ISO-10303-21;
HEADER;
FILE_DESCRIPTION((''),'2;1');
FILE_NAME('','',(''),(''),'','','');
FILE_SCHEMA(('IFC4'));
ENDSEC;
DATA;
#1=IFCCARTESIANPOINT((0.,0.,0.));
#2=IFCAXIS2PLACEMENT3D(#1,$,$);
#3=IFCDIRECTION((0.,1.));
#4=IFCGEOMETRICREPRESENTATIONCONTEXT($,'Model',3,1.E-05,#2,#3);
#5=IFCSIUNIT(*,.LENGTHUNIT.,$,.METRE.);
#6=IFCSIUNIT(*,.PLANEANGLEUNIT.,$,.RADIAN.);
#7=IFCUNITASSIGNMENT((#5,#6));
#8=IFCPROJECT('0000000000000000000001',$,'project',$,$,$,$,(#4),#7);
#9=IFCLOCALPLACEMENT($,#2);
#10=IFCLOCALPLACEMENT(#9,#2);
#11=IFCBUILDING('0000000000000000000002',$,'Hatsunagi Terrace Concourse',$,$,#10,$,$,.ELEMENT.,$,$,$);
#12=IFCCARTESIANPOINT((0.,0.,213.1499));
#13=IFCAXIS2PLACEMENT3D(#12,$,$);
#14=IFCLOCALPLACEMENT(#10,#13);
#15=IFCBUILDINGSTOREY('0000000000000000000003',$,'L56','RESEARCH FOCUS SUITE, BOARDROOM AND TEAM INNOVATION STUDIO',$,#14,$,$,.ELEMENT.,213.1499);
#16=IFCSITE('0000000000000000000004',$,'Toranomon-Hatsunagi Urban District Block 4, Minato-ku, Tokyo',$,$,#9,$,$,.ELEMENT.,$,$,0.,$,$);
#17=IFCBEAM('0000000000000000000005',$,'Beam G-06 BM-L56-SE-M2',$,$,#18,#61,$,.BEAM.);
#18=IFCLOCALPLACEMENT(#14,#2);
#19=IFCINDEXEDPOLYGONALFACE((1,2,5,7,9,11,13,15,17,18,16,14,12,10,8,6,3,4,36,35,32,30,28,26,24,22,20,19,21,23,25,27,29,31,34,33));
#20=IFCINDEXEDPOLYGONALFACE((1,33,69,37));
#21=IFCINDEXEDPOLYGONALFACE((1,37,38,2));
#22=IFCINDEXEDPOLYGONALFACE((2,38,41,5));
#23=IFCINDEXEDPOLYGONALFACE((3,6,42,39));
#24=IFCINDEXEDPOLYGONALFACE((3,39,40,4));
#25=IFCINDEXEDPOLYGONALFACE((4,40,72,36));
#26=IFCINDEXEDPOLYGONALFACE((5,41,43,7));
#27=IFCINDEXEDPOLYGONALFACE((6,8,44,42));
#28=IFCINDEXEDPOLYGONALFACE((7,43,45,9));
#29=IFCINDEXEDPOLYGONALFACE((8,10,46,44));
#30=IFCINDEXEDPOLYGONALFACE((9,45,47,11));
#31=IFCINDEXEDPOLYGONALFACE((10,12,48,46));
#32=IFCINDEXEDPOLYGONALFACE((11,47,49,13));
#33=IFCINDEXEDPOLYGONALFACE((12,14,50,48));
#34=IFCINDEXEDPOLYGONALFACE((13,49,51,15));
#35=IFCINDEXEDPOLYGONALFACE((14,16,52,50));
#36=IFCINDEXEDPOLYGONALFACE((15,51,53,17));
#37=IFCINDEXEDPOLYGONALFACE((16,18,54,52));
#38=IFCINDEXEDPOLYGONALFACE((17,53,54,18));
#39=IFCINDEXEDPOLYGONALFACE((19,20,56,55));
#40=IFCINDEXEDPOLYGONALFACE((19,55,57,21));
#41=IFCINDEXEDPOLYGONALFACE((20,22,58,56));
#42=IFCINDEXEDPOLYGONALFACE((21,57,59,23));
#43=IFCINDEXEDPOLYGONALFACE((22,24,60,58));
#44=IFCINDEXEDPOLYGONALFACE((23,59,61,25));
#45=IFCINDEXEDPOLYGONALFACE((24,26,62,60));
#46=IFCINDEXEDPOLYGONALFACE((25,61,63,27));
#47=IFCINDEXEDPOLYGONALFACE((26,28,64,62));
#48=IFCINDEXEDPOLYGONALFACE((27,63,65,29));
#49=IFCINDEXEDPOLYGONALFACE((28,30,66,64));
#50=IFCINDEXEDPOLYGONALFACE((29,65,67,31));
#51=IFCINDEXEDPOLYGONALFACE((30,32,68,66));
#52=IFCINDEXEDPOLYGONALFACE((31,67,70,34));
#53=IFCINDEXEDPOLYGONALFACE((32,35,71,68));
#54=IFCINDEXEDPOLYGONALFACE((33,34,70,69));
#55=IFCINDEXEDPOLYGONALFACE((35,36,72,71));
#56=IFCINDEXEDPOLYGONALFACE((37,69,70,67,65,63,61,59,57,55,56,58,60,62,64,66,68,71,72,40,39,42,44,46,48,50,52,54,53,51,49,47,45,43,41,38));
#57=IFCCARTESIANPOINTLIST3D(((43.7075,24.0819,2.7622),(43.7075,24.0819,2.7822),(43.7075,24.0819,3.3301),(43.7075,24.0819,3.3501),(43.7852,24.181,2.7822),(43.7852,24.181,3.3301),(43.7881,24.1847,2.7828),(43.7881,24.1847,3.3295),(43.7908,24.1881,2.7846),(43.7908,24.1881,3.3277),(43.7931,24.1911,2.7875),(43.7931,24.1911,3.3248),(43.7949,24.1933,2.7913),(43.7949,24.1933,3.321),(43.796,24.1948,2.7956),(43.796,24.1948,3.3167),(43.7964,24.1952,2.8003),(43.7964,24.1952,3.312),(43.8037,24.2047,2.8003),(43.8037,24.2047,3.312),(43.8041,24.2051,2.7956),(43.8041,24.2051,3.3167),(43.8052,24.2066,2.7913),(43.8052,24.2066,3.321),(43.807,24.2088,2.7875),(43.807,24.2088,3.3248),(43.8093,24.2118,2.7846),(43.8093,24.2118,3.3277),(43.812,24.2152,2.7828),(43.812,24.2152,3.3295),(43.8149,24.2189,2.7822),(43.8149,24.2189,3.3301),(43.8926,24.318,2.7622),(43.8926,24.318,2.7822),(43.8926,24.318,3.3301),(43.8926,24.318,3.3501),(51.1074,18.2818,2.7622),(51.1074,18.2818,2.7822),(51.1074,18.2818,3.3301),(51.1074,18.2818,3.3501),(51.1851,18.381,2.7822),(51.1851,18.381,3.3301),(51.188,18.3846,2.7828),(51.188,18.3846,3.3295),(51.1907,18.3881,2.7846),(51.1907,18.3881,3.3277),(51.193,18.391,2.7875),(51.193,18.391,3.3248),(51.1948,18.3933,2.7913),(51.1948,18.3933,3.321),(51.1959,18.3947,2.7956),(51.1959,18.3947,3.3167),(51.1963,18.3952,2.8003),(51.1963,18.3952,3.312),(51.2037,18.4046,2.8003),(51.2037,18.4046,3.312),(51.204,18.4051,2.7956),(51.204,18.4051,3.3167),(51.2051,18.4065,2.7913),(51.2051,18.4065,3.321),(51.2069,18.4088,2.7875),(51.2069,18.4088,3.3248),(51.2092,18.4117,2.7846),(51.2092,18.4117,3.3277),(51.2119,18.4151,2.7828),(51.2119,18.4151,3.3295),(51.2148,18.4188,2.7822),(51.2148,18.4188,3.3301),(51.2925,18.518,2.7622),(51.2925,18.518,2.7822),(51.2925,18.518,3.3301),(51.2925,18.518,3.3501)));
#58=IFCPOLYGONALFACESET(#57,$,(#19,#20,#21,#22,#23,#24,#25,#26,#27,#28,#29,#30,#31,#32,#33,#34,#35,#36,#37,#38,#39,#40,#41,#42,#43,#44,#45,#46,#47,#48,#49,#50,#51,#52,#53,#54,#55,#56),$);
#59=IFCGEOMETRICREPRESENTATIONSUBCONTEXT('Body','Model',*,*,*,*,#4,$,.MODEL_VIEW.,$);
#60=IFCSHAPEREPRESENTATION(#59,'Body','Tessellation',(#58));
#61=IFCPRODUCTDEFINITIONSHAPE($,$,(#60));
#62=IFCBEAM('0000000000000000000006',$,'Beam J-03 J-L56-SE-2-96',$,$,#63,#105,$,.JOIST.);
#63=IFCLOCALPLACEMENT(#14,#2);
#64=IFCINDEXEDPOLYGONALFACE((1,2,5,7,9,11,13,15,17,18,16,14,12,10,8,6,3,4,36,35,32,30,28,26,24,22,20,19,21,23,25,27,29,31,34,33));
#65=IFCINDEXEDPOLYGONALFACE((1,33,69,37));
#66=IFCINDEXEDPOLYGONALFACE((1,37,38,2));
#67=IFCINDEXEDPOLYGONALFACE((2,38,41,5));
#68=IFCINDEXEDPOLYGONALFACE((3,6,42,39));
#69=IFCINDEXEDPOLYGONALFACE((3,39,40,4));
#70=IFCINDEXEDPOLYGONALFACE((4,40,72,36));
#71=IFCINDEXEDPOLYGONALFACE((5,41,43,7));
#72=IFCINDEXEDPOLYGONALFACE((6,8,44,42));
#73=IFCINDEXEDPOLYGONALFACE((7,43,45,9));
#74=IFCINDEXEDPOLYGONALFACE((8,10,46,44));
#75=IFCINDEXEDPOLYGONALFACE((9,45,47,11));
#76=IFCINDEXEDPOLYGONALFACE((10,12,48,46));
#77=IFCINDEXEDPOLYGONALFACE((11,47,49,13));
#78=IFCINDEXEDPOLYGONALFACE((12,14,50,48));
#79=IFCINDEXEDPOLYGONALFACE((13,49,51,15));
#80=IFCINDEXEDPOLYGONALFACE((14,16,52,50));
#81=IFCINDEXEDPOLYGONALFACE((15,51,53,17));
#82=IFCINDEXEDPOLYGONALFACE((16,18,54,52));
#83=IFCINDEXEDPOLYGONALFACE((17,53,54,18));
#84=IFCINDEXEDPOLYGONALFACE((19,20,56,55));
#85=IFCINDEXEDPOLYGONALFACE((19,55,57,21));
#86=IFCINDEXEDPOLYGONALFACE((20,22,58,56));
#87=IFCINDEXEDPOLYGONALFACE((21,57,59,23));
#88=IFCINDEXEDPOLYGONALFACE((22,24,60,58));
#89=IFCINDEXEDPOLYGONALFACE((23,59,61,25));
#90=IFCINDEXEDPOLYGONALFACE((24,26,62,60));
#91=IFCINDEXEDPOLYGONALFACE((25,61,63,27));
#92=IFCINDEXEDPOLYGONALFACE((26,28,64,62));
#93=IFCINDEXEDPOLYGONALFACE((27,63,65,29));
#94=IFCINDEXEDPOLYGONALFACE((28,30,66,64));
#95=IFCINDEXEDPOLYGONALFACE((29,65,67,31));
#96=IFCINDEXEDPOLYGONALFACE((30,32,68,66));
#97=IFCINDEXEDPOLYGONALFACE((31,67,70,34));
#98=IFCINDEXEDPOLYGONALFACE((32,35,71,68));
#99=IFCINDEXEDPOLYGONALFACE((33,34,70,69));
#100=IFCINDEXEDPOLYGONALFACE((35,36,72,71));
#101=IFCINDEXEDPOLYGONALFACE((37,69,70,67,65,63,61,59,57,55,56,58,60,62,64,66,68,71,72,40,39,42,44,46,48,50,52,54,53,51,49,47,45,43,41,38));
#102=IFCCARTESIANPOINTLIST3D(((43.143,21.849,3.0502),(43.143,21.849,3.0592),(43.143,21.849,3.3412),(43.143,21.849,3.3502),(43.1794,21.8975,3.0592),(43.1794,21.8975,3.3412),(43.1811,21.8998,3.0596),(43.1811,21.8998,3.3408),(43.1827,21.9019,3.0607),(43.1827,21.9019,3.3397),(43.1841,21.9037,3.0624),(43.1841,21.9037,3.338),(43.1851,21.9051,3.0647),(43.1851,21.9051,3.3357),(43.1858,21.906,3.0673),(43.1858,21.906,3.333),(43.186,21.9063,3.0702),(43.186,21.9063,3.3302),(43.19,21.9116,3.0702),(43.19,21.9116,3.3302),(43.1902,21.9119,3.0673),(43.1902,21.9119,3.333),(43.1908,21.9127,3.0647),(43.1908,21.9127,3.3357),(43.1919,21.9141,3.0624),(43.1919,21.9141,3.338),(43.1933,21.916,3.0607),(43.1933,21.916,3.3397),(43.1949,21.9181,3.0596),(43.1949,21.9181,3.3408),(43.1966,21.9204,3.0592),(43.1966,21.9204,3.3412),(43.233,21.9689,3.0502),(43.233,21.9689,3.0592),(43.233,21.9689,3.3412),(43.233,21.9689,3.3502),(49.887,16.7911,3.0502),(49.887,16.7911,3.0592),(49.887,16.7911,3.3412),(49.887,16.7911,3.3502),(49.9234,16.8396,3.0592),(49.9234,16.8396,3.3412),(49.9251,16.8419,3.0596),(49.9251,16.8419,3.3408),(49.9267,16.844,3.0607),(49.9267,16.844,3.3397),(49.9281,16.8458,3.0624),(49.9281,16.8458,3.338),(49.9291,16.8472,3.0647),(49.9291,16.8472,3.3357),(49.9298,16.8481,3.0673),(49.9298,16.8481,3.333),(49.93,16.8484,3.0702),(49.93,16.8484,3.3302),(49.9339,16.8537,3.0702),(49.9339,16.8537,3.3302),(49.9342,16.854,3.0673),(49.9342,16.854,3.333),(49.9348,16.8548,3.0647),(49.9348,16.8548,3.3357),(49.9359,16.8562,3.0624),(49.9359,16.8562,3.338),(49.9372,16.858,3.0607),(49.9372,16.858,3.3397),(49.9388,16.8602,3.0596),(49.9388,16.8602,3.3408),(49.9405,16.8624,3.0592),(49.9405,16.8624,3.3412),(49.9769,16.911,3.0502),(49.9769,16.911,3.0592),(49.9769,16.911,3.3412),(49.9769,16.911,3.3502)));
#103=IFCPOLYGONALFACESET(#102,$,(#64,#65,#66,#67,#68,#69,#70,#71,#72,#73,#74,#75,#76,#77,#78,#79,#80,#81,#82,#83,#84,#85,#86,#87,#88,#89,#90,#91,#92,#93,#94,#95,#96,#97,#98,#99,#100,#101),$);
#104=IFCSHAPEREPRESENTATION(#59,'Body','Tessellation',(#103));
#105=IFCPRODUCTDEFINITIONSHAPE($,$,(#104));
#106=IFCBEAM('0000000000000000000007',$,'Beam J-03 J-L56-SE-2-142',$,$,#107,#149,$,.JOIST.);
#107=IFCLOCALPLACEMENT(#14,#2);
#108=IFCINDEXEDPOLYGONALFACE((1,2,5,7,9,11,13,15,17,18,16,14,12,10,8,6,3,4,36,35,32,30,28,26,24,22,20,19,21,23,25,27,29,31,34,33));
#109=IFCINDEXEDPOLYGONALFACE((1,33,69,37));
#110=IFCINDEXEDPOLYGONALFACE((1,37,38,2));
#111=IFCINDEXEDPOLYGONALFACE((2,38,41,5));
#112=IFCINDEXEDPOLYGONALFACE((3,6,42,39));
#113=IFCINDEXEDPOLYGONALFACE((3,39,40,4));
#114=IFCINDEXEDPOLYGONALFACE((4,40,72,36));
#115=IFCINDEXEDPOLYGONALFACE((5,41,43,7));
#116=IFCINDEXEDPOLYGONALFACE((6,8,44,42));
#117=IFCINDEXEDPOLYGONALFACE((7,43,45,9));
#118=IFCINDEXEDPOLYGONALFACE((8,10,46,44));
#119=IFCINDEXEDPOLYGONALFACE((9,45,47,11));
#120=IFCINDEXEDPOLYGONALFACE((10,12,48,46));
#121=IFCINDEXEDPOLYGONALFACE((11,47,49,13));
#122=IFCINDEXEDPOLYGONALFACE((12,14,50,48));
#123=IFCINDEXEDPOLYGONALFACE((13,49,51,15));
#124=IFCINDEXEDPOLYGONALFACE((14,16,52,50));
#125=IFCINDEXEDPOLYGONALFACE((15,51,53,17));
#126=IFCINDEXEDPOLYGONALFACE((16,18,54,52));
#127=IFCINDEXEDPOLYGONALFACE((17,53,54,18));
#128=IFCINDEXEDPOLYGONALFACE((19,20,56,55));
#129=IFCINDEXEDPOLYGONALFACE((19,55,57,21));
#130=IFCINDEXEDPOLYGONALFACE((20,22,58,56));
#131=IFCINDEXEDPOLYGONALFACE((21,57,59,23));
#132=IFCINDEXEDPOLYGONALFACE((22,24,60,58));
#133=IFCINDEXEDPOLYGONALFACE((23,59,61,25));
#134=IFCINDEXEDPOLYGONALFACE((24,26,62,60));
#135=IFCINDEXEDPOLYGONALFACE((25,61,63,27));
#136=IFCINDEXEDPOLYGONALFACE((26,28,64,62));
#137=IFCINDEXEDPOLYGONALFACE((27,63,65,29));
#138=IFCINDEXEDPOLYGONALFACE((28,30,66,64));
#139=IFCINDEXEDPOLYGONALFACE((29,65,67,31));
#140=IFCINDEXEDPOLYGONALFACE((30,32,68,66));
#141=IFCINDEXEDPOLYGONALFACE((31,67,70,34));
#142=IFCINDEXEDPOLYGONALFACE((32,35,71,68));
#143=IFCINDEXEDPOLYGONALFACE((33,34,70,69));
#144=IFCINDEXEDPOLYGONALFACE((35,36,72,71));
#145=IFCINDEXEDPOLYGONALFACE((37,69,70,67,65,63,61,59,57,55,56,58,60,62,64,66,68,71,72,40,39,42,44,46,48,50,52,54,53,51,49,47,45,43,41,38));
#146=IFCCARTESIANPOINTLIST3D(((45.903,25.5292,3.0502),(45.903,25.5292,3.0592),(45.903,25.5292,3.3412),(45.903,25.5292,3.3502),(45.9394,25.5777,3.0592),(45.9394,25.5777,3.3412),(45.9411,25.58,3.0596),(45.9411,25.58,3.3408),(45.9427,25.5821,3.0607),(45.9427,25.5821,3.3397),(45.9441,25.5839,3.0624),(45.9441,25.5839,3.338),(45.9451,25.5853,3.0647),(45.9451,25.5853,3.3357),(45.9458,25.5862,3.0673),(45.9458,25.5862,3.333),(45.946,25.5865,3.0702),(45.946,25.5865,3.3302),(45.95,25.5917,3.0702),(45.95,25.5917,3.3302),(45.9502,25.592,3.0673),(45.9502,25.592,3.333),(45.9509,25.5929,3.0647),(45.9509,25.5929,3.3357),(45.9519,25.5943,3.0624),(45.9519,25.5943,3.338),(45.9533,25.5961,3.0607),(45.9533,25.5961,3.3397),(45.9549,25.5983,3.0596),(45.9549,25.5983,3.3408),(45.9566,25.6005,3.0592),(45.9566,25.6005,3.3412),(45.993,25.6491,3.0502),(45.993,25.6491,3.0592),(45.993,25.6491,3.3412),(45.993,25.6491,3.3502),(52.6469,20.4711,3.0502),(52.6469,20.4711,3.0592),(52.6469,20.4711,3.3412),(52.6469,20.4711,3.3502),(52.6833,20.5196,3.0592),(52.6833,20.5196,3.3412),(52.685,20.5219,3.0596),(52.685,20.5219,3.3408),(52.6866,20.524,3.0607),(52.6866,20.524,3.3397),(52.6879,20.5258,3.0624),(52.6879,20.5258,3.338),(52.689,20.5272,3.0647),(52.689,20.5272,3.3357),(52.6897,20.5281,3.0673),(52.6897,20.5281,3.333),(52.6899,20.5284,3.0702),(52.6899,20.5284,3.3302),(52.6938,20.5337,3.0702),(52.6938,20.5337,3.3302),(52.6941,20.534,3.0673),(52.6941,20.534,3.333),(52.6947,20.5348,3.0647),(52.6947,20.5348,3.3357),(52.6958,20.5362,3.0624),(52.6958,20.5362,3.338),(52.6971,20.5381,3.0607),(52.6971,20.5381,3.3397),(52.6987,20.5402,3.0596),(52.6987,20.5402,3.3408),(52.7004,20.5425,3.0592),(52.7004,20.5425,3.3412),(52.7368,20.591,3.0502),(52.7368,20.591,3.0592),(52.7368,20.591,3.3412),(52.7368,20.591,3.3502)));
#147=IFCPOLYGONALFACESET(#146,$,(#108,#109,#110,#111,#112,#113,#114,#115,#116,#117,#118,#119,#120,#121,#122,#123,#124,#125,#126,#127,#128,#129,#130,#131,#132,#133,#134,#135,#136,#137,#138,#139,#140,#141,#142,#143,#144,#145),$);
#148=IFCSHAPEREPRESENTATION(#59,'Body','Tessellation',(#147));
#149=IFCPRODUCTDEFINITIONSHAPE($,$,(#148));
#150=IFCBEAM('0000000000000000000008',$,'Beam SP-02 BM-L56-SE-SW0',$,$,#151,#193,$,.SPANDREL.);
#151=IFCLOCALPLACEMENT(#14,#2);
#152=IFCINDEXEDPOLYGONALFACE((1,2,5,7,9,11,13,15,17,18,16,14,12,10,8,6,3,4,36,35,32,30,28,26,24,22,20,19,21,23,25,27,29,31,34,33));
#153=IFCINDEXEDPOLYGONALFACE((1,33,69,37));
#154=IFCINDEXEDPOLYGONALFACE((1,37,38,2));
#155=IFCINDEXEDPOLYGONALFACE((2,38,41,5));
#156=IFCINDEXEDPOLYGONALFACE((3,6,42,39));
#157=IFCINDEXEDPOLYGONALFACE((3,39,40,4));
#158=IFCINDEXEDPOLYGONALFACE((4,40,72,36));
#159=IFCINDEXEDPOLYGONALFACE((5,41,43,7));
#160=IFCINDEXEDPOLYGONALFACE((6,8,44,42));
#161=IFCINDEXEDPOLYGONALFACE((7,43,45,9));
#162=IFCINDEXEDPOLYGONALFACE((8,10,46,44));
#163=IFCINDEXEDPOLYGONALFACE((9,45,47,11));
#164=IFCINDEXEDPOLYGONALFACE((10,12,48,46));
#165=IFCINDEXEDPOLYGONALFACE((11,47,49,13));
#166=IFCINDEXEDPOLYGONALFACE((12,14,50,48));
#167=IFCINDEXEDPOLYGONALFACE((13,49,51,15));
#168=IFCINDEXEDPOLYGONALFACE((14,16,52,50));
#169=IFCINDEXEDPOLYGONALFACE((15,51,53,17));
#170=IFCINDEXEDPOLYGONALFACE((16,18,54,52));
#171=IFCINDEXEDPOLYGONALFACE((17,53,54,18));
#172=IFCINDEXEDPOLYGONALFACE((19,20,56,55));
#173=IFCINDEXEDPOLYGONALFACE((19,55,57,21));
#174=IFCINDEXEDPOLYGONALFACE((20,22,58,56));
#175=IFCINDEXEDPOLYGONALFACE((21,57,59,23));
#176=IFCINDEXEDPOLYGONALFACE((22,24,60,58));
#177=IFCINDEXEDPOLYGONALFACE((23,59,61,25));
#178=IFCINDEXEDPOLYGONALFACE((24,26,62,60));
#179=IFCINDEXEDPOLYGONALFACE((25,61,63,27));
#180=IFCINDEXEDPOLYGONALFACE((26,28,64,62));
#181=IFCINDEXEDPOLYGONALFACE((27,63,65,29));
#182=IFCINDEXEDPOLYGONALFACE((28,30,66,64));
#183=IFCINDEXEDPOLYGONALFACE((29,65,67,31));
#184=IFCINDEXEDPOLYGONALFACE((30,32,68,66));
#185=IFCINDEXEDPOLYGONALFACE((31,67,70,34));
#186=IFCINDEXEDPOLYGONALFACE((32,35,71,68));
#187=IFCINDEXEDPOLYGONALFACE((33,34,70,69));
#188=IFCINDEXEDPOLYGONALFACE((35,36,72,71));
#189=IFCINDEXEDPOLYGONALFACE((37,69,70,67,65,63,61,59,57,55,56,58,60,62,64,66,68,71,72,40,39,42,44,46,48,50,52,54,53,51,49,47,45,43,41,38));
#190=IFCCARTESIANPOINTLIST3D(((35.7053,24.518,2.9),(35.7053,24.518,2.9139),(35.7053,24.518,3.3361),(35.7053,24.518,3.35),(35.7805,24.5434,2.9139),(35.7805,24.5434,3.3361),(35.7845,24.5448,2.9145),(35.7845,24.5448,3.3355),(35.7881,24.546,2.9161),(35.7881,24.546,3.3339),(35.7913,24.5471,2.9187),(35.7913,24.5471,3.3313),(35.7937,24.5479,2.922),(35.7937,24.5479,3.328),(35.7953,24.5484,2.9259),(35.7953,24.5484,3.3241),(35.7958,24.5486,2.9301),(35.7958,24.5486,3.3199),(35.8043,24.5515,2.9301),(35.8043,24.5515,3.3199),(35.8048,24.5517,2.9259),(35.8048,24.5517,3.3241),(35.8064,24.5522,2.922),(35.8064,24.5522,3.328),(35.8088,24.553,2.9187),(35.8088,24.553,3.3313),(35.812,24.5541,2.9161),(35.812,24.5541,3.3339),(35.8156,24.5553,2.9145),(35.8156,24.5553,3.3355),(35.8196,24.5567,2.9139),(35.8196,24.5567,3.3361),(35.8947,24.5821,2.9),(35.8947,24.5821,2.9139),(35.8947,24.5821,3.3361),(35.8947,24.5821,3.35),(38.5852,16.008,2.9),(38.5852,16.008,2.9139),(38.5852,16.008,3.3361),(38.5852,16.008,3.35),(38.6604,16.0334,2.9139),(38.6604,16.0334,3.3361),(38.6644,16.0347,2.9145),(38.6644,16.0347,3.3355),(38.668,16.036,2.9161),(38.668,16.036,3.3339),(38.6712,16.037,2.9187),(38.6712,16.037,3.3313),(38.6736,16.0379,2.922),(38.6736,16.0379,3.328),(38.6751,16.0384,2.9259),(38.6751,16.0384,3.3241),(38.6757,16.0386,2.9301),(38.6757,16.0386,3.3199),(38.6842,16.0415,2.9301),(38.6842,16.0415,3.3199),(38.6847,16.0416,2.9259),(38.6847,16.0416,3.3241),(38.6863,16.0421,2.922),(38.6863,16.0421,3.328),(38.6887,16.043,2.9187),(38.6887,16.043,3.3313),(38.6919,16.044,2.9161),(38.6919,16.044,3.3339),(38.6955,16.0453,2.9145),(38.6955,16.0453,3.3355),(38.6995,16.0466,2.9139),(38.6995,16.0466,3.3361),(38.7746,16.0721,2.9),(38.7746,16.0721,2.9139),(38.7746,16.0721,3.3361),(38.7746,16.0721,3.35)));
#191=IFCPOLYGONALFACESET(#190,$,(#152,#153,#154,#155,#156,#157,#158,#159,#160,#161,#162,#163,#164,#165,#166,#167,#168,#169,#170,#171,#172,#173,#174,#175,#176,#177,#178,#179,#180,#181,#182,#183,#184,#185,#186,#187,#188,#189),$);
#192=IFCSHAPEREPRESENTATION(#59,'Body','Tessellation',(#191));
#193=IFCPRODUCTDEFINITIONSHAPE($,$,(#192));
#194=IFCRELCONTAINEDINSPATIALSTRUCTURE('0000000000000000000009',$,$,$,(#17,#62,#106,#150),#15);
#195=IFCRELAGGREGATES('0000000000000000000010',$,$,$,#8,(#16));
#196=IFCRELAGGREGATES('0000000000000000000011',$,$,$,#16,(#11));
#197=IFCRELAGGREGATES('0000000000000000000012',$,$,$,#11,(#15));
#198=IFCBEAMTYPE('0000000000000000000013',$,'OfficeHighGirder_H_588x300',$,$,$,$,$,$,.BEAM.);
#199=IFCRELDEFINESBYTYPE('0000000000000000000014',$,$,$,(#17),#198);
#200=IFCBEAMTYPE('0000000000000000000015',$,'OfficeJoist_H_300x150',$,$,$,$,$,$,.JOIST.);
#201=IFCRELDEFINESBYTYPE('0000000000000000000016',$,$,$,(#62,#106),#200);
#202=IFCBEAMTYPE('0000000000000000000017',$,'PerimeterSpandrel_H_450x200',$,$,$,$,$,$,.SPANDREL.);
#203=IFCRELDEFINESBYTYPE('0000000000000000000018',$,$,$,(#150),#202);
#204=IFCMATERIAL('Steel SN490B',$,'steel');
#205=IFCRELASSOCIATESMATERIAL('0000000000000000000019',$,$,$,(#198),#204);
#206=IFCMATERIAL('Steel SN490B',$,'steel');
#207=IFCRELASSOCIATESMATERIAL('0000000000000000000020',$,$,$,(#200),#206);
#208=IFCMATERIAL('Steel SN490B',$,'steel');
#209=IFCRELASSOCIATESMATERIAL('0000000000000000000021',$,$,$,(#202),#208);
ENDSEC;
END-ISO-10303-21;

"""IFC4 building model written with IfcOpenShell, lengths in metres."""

from ifc_helpers import new_model, si_unit, direction, frame, origin, origin_2d, place, context, subcontext, project, spatial, i_section, extrude, material, material_profile, profile_set, type_object, element, save


model = new_model("IFC4")

# Units and contexts
model_context = context("Model", 3, precision=1e-05, world=origin(), true_north=direction((0.0, 1.0)))
body_context = subcontext(model_context, "Body", "Model", "MODEL_VIEW")
ifc_project = project(units=[si_unit("LENGTHUNIT", "METRE"), si_unit("PLANEANGLEUNIT", "RADIAN")], contexts=[model_context])

# Site, building, storey
site_placement = place(None, origin())
site = spatial("IfcSite", under=ifc_project, at=site_placement, Name="Toranomon-Hatsunagi Urban District Block 4, Minato-ku, Tokyo", CompositionType="ELEMENT", RefElevation=0.0)
building_placement = place(site_placement, origin())
building = spatial("IfcBuilding", under=site, at=building_placement, Name="Hatsunagi Terrace Concourse", CompositionType="ELEMENT")
storey_placement = place(building_placement, frame((0.0, 0.0, 213.1499)))
storey = spatial("IfcBuildingStorey", under=building, at=storey_placement, Name="L56", Description="RESEARCH FOCUS SUITE, BOARDROOM AND TEAM INNOVATION STUDIO", CompositionType="ELEMENT", Elevation=213.1499)

# Beams
ifc_material_1 = material(Name="Steel SN490B", Category="steel")
ifc_material_profile_1 = material_profile(ifc_material_1, i_section(OverallWidth=0.3, OverallDepth=0.5879, WebThickness=0.012, FlangeThickness=0.02, FilletRadius=0.0181, at=origin_2d()), Name="H-588x300x12x20")
ifc_profile_set_1 = profile_set([ifc_material_profile_1], Name="Steel SN490B")
beam_type_1 = type_object("IfcBeamType", Name="OfficeHighGirder_H_588x300", PredefinedType="BEAM", material=ifc_profile_set_1)
beam_1_placement = place(storey_placement, frame((43.8, 24.2, 3.0562), z_axis=(0.787049, -0.61689, 0.0), x_axis=(0.61689, 0.787049, 0.0)))
element("IfcBeam", 1, at=beam_1_placement, inside=storey, type_object=beam_type_1, Name="Beam G-06 BM-L56-SE-M2", PredefinedType="BEAM", context=body_context, shape_type="SweptSolid", body=[
    extrude(i_section(OverallWidth=0.3, OverallDepth=0.5879, WebThickness=0.012, FlangeThickness=0.02, FilletRadius=0.0181, at=origin_2d()), origin(), (0.0, 0.0, 1.0), 9.4021),
])
ifc_material_2 = material(Name="Steel SN490B", Category="steel")
ifc_material_profile_2 = material_profile(ifc_material_2, i_section(OverallWidth=0.1499, OverallDepth=0.3, WebThickness=0.0066, FlangeThickness=0.009, FilletRadius=0.011, at=origin_2d()), Name="H-300x150x6.5x9")
ifc_profile_set_2 = profile_set([ifc_material_profile_2], Name="Steel SN490B")
beam_type_2 = type_object("IfcBeamType", Name="OfficeJoist_H_300x150", PredefinedType="JOIST", material=ifc_profile_set_2)
for number, where, z_axis, x_axis, name in (
    (2, (43.188, 21.9089, 3.2002), (0.800003, -0.599995, 0.0), (0.599995, 0.800003, 0.0), "Beam J-03 J-L56-SE-2-96"),
    (3, (45.948, 25.5891, 3.2002), (0.79999, -0.600014, 0.0), (0.600014, 0.79999, 0.0), "Beam J-03 J-L56-SE-2-142"),
):
    element("IfcBeam", number, at=place(storey_placement, frame(where, z_axis=z_axis, x_axis=x_axis)), inside=storey, type_object=beam_type_2, Name=name, PredefinedType="JOIST", context=body_context, shape_type="SweptSolid", body=[
        extrude(i_section(OverallWidth=0.1499, OverallDepth=0.3, WebThickness=0.0066, FlangeThickness=0.009, FilletRadius=0.011, at=origin_2d()), origin(), (0.0, 0.0, 1.0), 8.4299),
    ])
ifc_material_3 = material(Name="Steel SN490B", Category="steel")
ifc_material_profile_3 = material_profile(ifc_material_3, i_section(OverallWidth=0.2, OverallDepth=0.45, WebThickness=0.009, FlangeThickness=0.0139, FilletRadius=0.0161, at=origin_2d()), Name="H-450x200x9x14")
ifc_profile_set_3 = profile_set([ifc_material_profile_3], Name="Steel SN490B")
beam_type_3 = type_object("IfcBeamType", Name="PerimeterSpandrel_H_450x200", PredefinedType="SPANDREL", material=ifc_profile_set_3)
beam_2_placement = place(storey_placement, frame((35.8, 24.55, 3.125), z_axis=(0.320553, -0.94723, 0.0), x_axis=(0.94723, 0.320553, 0.0)))
element("IfcBeam", 4, at=beam_2_placement, inside=storey, type_object=beam_type_3, Name="Beam SP-02 BM-L56-SE-SW0", PredefinedType="SPANDREL", context=body_context, shape_type="SweptSolid", body=[
    extrude(i_section(OverallWidth=0.2, OverallDepth=0.45, WebThickness=0.009, FlangeThickness=0.0139, FilletRadius=0.0161, at=origin_2d()), origin(), (0.0, 0.0, 1.0), 8.9841),
])

save(model, "model.ifc")
